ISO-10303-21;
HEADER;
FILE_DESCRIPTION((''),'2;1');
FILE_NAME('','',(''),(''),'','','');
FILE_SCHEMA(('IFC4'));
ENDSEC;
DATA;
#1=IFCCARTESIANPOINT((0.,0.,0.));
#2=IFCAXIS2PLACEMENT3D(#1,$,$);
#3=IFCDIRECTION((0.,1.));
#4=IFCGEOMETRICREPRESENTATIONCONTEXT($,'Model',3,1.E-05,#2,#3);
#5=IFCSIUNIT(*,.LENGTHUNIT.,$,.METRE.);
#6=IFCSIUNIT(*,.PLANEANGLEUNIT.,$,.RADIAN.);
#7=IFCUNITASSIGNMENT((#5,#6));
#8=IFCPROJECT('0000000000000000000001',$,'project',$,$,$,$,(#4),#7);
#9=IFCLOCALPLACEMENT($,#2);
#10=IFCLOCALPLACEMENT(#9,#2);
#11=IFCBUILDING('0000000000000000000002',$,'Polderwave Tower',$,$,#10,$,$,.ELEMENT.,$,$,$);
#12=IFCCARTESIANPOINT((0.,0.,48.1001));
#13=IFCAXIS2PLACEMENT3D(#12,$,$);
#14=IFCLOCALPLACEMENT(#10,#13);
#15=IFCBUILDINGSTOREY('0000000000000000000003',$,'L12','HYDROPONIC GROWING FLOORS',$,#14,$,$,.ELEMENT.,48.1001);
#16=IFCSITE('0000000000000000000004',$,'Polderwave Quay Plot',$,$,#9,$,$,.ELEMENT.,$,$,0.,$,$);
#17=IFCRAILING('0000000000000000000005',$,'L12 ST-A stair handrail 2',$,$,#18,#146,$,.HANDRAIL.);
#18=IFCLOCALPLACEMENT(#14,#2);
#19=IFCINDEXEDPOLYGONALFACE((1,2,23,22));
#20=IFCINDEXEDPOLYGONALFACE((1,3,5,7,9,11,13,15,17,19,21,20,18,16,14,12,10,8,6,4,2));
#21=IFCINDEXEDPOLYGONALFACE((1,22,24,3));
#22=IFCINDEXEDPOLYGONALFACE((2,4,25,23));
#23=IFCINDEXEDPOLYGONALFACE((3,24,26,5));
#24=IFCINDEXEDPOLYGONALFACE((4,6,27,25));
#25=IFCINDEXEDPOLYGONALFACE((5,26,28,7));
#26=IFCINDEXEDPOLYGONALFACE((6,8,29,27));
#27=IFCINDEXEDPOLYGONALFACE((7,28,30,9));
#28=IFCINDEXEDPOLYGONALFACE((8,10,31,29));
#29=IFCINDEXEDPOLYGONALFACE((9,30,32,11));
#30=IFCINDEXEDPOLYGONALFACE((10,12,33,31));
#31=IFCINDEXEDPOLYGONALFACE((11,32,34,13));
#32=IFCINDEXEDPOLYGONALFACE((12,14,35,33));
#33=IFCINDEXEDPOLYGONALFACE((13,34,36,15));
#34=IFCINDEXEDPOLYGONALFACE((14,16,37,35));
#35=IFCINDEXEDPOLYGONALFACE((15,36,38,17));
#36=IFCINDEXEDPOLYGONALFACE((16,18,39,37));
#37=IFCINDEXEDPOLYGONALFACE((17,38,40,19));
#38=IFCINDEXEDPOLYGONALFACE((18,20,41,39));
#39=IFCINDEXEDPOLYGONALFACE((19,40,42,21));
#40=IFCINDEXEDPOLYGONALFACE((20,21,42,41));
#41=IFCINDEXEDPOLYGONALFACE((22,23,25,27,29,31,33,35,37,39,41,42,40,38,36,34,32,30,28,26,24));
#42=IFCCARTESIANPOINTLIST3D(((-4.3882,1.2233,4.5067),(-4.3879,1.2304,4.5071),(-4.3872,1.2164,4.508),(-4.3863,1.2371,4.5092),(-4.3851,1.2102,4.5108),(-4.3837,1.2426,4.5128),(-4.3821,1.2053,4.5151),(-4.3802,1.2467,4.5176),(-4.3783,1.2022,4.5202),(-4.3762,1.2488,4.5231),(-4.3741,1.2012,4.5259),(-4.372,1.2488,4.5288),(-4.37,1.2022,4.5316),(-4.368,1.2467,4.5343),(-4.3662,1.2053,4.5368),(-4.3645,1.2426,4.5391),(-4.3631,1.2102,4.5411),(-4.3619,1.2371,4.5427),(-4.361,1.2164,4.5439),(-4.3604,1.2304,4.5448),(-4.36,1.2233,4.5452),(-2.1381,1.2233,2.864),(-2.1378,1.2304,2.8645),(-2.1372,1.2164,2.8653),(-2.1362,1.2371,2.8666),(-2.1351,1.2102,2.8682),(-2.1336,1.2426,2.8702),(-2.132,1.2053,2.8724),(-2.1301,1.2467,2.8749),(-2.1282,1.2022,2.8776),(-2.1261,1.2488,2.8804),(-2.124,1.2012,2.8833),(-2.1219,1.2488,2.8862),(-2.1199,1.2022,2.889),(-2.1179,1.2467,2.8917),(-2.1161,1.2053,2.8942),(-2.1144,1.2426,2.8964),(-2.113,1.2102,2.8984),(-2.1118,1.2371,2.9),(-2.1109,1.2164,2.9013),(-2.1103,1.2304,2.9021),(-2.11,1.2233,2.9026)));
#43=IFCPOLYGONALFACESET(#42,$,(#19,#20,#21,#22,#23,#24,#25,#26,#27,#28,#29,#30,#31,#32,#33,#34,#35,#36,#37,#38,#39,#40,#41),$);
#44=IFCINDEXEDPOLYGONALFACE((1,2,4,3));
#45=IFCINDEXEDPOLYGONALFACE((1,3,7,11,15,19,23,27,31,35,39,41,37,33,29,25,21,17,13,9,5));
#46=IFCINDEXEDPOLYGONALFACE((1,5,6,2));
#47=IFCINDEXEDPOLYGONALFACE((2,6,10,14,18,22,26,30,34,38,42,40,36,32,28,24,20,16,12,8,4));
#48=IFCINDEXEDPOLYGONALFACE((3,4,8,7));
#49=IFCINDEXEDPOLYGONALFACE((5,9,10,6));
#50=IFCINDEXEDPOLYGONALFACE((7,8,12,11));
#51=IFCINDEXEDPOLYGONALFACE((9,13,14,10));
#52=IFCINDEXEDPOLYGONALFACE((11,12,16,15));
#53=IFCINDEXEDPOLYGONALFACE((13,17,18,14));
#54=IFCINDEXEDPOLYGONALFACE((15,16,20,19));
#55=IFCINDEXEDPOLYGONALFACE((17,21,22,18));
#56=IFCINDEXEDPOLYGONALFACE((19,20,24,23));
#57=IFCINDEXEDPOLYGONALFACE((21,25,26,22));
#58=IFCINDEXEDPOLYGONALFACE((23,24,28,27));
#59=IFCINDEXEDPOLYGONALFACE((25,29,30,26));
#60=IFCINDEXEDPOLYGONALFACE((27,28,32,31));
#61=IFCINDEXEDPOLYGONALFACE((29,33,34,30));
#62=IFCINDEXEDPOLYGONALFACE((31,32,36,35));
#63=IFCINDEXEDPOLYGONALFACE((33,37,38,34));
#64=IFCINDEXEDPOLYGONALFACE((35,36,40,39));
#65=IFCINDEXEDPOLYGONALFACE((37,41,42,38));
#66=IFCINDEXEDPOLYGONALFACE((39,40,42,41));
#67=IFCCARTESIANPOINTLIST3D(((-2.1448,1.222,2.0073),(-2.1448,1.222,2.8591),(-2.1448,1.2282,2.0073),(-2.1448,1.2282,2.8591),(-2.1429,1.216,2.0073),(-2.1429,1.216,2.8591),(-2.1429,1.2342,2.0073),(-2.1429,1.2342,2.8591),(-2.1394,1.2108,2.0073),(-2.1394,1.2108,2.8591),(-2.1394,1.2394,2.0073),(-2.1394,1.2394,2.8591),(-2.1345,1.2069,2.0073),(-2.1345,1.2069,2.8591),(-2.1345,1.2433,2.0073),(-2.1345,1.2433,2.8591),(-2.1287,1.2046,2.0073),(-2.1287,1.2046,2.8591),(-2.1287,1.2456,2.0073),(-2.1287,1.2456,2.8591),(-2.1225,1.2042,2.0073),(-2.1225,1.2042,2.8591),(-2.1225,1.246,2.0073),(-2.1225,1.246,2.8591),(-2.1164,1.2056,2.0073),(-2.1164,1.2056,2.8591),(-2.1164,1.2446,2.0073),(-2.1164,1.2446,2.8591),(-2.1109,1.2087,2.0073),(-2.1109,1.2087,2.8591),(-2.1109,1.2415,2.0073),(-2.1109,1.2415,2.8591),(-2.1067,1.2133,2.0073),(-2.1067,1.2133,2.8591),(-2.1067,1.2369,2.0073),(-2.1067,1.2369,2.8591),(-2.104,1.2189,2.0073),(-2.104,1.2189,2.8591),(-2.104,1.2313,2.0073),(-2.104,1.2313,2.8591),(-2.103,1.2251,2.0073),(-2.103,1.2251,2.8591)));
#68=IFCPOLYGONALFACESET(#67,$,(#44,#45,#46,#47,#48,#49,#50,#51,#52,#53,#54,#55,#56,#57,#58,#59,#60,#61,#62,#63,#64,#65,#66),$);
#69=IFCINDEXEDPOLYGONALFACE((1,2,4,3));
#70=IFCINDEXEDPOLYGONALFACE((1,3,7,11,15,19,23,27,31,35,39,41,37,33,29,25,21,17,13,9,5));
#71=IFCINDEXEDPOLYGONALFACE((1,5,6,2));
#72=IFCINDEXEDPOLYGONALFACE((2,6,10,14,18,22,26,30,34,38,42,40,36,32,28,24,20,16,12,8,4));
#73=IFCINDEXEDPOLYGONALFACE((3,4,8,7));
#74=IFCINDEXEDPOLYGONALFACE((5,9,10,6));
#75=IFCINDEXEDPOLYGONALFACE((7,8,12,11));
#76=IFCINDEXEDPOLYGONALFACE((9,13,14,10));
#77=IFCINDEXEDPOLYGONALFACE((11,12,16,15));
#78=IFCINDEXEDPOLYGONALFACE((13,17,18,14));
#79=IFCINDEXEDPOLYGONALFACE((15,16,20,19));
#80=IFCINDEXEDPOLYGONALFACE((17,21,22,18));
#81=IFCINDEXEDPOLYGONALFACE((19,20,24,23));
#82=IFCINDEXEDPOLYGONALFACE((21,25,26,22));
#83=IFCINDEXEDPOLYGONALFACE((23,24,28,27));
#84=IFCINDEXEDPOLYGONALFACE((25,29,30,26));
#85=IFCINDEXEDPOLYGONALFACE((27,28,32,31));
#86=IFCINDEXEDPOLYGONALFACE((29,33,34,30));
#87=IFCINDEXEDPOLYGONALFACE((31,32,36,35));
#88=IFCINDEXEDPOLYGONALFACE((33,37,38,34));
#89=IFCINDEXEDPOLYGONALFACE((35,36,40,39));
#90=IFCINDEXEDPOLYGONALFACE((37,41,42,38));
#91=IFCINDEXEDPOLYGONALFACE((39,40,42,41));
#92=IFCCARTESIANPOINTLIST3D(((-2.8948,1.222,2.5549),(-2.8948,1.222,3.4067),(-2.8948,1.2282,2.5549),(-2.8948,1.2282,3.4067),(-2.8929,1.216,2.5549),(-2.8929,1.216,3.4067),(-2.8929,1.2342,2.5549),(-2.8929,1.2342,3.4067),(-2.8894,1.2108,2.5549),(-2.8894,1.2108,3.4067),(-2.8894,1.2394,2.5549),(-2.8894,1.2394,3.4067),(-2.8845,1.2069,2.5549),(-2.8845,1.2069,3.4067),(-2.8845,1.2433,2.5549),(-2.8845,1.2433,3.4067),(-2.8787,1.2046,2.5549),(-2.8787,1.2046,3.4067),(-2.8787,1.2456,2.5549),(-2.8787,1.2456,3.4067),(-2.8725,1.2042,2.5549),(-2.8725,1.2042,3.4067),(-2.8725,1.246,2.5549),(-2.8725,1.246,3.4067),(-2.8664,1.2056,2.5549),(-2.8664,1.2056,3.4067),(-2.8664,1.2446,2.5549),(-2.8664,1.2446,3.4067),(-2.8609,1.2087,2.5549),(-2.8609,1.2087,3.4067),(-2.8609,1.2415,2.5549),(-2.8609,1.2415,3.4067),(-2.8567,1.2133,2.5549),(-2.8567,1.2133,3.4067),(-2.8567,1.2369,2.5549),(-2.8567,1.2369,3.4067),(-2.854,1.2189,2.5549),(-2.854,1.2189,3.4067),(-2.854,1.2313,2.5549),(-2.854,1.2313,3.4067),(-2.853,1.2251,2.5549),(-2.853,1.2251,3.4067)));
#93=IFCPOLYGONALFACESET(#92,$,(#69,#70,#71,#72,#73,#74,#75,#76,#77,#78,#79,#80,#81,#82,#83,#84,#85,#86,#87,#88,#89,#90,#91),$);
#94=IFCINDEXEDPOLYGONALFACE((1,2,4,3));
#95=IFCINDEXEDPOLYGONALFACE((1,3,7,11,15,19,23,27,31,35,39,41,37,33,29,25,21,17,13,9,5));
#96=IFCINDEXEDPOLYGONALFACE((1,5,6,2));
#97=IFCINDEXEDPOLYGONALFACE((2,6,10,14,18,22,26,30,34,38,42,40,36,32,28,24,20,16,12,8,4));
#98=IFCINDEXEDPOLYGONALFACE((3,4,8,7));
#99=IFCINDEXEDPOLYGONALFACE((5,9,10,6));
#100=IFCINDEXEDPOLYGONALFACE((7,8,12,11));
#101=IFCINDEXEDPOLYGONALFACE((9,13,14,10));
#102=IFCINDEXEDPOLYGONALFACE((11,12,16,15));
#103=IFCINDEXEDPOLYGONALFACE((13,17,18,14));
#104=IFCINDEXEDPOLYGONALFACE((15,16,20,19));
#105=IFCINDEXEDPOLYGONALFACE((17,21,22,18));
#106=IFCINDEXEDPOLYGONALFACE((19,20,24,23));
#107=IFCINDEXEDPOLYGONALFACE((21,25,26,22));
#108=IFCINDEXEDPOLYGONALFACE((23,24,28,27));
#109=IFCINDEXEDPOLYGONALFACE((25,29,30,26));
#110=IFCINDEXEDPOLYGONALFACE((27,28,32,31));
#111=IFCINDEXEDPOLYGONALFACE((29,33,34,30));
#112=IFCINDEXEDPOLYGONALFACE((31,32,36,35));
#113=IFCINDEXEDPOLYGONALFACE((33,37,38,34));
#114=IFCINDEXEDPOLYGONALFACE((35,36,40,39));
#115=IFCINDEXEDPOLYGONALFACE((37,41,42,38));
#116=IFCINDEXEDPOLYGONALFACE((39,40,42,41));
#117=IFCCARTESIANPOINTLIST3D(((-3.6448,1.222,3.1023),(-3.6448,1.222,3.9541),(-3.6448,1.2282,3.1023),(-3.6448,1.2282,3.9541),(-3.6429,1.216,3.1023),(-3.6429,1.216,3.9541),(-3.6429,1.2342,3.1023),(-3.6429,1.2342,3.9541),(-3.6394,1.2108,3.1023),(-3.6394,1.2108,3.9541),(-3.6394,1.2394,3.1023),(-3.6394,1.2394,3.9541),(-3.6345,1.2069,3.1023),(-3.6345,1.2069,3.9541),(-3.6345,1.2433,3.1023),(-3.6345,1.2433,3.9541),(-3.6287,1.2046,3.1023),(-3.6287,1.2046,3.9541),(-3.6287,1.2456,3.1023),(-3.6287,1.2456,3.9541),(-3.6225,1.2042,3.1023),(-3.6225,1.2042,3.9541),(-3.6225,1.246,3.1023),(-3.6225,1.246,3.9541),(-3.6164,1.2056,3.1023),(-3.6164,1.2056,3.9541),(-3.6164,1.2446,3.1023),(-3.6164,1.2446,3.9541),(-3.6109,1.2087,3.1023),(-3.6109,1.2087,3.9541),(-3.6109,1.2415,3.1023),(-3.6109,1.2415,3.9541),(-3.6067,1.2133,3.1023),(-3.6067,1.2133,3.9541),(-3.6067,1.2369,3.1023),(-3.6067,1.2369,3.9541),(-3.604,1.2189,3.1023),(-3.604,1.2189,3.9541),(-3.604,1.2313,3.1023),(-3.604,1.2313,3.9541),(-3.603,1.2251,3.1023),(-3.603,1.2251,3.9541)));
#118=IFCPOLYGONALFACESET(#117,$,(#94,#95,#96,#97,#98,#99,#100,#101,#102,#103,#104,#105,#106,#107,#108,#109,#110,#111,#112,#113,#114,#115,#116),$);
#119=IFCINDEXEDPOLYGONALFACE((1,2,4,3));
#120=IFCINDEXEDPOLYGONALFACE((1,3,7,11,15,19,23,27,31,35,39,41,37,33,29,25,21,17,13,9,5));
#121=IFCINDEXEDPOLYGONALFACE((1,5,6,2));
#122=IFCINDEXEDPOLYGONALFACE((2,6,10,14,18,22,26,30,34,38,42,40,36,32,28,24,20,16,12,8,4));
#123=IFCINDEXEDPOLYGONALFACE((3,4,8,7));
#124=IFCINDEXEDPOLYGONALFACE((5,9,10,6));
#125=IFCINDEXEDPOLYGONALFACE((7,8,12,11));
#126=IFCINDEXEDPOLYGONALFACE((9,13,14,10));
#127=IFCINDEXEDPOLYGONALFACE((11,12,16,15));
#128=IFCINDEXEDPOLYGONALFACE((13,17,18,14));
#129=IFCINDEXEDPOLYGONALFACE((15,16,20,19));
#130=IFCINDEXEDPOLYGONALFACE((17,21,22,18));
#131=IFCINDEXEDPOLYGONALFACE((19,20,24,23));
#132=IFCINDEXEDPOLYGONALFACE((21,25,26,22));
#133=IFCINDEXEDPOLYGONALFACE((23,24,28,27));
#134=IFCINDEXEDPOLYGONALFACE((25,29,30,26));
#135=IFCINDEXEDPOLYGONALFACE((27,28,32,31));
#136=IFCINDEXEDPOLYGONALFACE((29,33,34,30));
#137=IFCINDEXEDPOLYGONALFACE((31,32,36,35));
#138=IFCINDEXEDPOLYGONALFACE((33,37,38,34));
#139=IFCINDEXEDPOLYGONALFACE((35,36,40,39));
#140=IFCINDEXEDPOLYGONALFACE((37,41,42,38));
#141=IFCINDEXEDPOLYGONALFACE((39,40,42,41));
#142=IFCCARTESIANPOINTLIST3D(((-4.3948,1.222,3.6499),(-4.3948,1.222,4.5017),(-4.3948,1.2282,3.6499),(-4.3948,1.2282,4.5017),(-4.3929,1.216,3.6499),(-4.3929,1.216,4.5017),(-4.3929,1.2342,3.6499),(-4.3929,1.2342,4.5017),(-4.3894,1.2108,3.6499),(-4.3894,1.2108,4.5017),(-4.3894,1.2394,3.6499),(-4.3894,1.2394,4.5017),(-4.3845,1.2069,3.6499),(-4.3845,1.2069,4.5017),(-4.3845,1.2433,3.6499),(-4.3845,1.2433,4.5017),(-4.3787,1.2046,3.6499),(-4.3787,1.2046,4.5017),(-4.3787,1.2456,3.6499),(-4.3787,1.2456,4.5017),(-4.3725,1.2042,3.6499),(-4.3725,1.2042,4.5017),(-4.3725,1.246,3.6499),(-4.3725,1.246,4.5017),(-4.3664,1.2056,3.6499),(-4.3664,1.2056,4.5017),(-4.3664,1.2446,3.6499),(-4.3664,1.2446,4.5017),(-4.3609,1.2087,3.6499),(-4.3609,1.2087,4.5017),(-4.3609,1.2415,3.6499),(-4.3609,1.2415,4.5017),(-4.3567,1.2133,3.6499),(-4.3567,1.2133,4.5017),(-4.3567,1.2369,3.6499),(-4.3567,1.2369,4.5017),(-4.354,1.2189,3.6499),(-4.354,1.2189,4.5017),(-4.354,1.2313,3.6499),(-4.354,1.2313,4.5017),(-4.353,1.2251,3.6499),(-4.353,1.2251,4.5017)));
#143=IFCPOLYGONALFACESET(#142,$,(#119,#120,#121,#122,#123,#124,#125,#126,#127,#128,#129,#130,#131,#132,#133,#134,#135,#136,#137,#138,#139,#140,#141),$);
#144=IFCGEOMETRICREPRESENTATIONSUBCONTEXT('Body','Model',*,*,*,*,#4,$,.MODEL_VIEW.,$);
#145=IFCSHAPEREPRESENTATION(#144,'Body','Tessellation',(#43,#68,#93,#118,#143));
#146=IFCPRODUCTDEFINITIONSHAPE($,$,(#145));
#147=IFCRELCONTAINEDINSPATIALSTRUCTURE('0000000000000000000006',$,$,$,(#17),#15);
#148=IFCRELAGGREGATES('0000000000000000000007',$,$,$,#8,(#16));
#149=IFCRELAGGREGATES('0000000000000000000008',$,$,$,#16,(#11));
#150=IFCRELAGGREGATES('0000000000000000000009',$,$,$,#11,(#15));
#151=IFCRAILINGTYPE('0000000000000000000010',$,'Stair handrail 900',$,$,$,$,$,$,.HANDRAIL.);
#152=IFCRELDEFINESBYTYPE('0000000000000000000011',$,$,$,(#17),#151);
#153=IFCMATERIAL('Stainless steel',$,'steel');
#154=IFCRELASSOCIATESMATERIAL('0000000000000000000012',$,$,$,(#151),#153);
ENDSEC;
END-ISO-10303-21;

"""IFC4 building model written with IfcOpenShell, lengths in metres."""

from ifc_helpers import new_model, si_unit, direction, frame, origin, origin_2d, place, context, subcontext, project, spatial, circle, extrude, material, type_object, element, save


model = new_model("IFC4")

# Units and contexts
model_context = context("Model", 3, precision=1e-05, world=origin(), true_north=direction((0.0, 1.0)))
body_context = subcontext(model_context, "Body", "Model", "MODEL_VIEW")
ifc_project = project(units=[si_unit("LENGTHUNIT", "METRE"), si_unit("PLANEANGLEUNIT", "RADIAN")], contexts=[model_context])

# Site, building, storey
site_placement = place(None, origin())
site = spatial("IfcSite", under=ifc_project, at=site_placement, Name="Polderwave Quay Plot", CompositionType="ELEMENT", RefElevation=0.0)
building_placement = place(site_placement, origin())
building = spatial("IfcBuilding", under=site, at=building_placement, Name="Polderwave Tower", CompositionType="ELEMENT")
storey_placement = place(building_placement, frame((0.0, 0.0, 48.1001)))
storey = spatial("IfcBuildingStorey", under=building, at=storey_placement, Name="L12", Description="HYDROPONIC GROWING FLOORS", CompositionType="ELEMENT", Elevation=48.1001)

# Railing
ifc_material_1 = material(Name="Stainless steel", Category="steel")
railing_type_1 = type_object("IfcRailingType", Name="Stair handrail 900", PredefinedType="HANDRAIL", material=ifc_material_1)
railing_1_placement = place(storey_placement, frame((-2.124, 1.2251, 2.0073)))
element("IfcRailing", 1, at=railing_1_placement, inside=storey, type_object=railing_type_1, Name="L12 ST-A stair handrail 2", PredefinedType="HANDRAIL", context=body_context, shape_type="SweptSolid", body=[
    extrude(circle(Radius=0.0239, at=origin_2d()), frame((0.0, 0.0, 0.876), z_axis=(-0.807674, 0.0, 0.58963), x_axis=(0.0, -1.0, 0.0)), (0.0, 0.0, 1.0), 2.7859),
    extrude(circle(Radius=0.021, at=origin_2d()), origin(), (0.0, 0.0, 1.0), 0.8518),
    extrude(circle(Radius=0.021, at=origin_2d()), frame((-0.75, 0.0, 0.5476)), (0.0, 0.0, 1.0), 0.8518),
    extrude(circle(Radius=0.021, at=origin_2d()), frame((-1.5, 0.0, 1.095)), (0.0, 0.0, 1.0), 0.8518),
    extrude(circle(Radius=0.021, at=origin_2d()), frame((-2.25, 0.0, 1.6426)), (0.0, 0.0, 1.0), 0.8518),
])

save(model, "model.ifc")
